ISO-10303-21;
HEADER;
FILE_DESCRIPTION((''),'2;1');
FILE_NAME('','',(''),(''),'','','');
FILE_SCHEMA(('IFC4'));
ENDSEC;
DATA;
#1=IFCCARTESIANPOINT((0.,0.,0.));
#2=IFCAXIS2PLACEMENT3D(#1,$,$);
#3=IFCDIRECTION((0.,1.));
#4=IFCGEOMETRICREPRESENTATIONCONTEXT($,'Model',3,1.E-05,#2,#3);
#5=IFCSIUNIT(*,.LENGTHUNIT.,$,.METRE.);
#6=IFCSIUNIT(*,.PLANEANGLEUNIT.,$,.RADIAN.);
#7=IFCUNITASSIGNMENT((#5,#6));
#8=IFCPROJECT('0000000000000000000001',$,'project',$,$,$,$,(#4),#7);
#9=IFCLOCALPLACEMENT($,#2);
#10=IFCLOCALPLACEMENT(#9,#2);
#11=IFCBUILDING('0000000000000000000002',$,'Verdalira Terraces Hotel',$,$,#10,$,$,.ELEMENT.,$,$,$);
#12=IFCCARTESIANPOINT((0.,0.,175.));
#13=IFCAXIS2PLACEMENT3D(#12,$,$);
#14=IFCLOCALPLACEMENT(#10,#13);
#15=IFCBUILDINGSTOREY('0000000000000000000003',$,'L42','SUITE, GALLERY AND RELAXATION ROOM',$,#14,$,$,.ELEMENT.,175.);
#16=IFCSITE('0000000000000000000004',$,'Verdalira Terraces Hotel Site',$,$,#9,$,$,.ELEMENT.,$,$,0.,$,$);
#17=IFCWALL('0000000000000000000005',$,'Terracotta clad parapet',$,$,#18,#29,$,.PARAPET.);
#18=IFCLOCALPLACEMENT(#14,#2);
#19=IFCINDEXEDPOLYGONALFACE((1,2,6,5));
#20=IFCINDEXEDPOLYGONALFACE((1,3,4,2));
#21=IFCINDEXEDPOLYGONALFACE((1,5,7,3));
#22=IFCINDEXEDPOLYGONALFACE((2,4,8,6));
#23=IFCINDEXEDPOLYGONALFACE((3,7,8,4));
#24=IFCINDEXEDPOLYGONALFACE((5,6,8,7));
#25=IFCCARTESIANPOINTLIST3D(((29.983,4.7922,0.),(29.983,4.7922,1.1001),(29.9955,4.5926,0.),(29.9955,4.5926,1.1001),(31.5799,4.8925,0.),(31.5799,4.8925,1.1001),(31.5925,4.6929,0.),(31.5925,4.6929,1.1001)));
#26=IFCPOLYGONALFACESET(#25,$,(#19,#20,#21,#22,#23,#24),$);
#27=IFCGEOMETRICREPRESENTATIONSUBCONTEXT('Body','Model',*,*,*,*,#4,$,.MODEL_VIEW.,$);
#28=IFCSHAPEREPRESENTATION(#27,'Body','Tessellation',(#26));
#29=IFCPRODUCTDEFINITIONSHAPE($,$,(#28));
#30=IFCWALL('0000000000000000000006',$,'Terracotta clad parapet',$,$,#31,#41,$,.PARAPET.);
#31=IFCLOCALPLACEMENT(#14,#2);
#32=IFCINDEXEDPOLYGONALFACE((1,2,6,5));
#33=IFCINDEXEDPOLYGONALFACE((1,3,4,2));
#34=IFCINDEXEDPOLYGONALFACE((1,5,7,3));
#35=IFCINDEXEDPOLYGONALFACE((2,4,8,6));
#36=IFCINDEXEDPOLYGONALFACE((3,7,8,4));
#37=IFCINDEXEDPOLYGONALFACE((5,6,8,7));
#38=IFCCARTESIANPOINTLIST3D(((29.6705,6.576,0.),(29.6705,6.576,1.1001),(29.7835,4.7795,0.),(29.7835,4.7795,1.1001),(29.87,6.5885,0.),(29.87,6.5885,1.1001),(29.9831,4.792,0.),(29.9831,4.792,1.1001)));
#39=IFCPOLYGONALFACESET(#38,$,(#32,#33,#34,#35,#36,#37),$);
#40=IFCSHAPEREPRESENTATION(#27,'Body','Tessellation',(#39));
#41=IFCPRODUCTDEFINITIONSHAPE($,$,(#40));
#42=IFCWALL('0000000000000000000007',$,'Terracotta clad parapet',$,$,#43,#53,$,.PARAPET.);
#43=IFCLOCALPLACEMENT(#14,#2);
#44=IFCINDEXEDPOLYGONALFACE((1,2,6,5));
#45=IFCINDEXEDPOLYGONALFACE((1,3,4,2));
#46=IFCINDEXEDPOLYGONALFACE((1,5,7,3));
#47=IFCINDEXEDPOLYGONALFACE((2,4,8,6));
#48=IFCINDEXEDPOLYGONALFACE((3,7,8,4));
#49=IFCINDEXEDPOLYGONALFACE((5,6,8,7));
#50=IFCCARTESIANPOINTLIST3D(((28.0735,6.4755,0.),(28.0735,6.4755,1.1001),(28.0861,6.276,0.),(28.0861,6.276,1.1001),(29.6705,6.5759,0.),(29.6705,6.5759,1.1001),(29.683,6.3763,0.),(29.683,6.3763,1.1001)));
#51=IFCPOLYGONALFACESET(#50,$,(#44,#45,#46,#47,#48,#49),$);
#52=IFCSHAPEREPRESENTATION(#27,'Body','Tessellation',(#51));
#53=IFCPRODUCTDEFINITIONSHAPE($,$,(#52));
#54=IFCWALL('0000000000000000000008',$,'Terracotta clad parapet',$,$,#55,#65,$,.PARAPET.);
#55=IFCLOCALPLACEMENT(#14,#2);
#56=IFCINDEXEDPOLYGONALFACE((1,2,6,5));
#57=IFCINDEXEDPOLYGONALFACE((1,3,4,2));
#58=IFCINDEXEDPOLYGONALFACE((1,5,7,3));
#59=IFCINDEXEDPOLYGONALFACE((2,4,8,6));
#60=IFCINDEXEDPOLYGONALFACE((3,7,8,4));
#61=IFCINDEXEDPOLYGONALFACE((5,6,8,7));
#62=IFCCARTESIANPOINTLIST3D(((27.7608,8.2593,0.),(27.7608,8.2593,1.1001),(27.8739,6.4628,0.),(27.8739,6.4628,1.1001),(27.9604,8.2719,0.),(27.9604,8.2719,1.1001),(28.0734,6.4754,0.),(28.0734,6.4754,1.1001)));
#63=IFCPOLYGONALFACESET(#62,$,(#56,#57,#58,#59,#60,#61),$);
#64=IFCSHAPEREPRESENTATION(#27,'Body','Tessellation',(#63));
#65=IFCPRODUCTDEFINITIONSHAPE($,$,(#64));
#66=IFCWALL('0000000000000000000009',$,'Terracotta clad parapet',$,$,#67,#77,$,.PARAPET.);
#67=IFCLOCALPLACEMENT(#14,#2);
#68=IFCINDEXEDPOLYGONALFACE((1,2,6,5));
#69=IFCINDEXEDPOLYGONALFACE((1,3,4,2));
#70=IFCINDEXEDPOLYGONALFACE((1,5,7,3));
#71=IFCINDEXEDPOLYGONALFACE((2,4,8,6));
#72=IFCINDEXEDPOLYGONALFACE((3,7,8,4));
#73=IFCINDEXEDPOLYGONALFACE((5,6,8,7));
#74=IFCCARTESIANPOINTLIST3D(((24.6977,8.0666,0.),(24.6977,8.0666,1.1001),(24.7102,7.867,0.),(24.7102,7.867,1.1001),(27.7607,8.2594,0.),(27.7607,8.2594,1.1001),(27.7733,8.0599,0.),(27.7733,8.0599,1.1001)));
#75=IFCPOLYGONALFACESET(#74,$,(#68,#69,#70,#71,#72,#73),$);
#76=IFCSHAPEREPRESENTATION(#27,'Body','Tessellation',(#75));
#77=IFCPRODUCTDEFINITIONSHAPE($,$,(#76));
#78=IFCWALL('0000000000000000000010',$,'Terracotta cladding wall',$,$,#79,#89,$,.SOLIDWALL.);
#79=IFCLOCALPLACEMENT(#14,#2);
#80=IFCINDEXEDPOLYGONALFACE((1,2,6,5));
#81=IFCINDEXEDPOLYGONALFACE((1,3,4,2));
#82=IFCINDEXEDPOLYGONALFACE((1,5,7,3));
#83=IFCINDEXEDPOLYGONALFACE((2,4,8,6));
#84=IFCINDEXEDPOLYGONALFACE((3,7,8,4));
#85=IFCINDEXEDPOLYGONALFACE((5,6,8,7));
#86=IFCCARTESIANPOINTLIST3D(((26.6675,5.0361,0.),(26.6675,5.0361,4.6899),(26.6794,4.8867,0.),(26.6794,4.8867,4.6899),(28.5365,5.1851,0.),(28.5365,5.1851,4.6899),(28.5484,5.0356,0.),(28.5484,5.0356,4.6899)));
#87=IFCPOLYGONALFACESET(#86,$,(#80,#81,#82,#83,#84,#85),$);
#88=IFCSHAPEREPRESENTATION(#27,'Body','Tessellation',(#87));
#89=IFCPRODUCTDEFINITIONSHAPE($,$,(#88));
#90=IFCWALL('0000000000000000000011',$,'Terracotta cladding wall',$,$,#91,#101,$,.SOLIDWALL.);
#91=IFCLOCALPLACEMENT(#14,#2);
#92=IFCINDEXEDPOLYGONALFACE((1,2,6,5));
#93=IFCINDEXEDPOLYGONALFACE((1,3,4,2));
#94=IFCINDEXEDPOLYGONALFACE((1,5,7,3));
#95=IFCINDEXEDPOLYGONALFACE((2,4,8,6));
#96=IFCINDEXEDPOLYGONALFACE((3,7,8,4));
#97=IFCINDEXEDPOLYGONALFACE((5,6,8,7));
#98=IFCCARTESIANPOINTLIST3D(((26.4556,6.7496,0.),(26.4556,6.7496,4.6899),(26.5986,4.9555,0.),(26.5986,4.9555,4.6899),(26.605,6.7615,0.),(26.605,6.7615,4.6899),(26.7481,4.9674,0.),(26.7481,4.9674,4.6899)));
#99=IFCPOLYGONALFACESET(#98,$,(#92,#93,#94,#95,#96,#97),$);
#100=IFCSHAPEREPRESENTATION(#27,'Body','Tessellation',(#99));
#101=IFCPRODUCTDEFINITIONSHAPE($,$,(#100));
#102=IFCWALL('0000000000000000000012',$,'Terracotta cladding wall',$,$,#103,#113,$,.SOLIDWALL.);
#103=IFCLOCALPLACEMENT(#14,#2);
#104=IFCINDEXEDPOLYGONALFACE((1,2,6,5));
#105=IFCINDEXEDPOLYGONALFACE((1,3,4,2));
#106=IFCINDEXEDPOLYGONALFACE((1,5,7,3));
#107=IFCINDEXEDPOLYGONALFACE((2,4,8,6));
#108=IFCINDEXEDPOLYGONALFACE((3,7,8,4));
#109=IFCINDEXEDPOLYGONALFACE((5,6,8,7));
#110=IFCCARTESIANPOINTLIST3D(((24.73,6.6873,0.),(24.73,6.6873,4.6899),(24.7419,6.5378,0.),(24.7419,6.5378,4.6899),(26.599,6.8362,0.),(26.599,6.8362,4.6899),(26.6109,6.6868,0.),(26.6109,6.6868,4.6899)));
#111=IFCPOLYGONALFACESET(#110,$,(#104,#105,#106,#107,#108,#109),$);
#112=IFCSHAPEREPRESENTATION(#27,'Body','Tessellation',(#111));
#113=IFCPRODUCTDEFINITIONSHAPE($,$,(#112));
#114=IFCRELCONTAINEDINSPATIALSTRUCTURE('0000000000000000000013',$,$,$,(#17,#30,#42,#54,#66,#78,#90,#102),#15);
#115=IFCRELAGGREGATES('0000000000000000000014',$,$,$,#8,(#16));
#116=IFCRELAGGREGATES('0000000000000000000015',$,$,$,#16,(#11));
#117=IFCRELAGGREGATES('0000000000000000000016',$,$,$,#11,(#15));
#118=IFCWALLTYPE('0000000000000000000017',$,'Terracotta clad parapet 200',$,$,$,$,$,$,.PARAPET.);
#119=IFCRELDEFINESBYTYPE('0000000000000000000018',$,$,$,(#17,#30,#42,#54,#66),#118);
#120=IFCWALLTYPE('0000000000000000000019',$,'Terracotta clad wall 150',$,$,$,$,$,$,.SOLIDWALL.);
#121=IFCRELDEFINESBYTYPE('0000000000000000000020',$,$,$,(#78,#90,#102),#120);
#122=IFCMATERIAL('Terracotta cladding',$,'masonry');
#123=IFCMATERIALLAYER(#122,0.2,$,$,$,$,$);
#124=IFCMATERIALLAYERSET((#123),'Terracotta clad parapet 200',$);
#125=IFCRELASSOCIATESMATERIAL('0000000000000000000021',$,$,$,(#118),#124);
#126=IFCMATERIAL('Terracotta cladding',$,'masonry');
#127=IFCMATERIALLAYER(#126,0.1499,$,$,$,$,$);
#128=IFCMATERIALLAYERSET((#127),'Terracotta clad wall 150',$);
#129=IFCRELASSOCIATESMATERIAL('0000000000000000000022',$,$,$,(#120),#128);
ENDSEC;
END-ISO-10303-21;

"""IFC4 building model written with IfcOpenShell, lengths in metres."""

from ifc_helpers import new_model, si_unit, direction, frame, frame_2d, origin, place, context, subcontext, project, spatial, rectangle, extrude, material, layer, layer_set, type_object, element, save


model = new_model("IFC4")

# Units and contexts
model_context = context("Model", 3, precision=1e-05, world=origin(), true_north=direction((0.0, 1.0)))
body_context = subcontext(model_context, "Body", "Model", "MODEL_VIEW")
ifc_project = project(units=[si_unit("LENGTHUNIT", "METRE"), si_unit("PLANEANGLEUNIT", "RADIAN")], contexts=[model_context])

# Site, building, storey
site_placement = place(None, origin())
site = spatial("IfcSite", under=ifc_project, at=site_placement, Name="Verdalira Terraces Hotel Site", CompositionType="ELEMENT", RefElevation=0.0)
building_placement = place(site_placement, origin())
building = spatial("IfcBuilding", under=site, at=building_placement, Name="Verdalira Terraces Hotel", CompositionType="ELEMENT")
storey_placement = place(building_placement, frame((0.0, 0.0, 175.0)))
storey = spatial("IfcBuildingStorey", under=building, at=storey_placement, Name="L42", Description="SUITE, GALLERY AND RELAXATION ROOM", CompositionType="ELEMENT", Elevation=175.0)

# Walls
ifc_material_1 = material(Name="Terracotta cladding", Category="masonry")
ifc_layer_1 = layer(ifc_material_1, 0.2)
ifc_layer_set_1 = layer_set([ifc_layer_1], Name="Terracotta clad parapet 200")
wall_type_1 = type_object("IfcWallType", Name="Terracotta clad parapet 200", PredefinedType="PARAPET", material=ifc_layer_set_1)
wall_1_placement = place(storey_placement, frame((31.5862, 4.7927, 0.0), z_axis=(0.0, 0.0, 1.0), x_axis=(-0.998032, -0.062711, 0.0)))
element("IfcWall", 1, at=wall_1_placement, inside=storey, type_object=wall_type_1, Name="Terracotta clad parapet", PredefinedType="PARAPET", context=body_context, shape_type="SweptSolid", body=[
    extrude(rectangle(XDim=1.6001, YDim=0.2, at=frame_2d((0.8, 0.0))), origin(), (0.0, 0.0, 1.0), 1.1001),
])
wall_2_placement = place(storey_placement, frame((29.8833, 4.7859, 0.0), z_axis=(0.0, 0.0, 1.0), x_axis=(-0.062801, 0.998026, 0.0)))
element("IfcWall", 2, at=wall_2_placement, inside=storey, type_object=wall_type_1, Name="Terracotta clad parapet", PredefinedType="PARAPET", context=body_context, shape_type="SweptSolid", body=[
    extrude(rectangle(XDim=1.8, YDim=0.2, at=frame_2d((0.8999, 0.0))), origin(), (0.0, 0.0, 1.0), 1.1001),
])
wall_3_placement = place(storey_placement, frame((29.6768, 6.4761, 0.0), z_axis=(0.0, 0.0, 1.0), x_axis=(-0.998032, -0.062711, 0.0)))
element("IfcWall", 3, at=wall_3_placement, inside=storey, type_object=wall_type_1, Name="Terracotta clad parapet", PredefinedType="PARAPET", context=body_context, shape_type="SweptSolid", body=[
    extrude(rectangle(XDim=1.6001, YDim=0.2, at=frame_2d((0.8, 0.0))), origin(), (0.0, 0.0, 1.0), 1.1001),
])
wall_4_placement = place(storey_placement, frame((27.9736, 6.4692, 0.0), z_axis=(0.0, 0.0, 1.0), x_axis=(-0.062801, 0.998026, 0.0)))
element("IfcWall", 4, at=wall_4_placement, inside=storey, type_object=wall_type_1, Name="Terracotta clad parapet", PredefinedType="PARAPET", context=body_context, shape_type="SweptSolid", body=[
    extrude(rectangle(XDim=1.8, YDim=0.2, at=frame_2d((0.8999, 0.0))), origin(), (0.0, 0.0, 1.0), 1.1001),
])
wall_5_placement = place(storey_placement, frame((27.7671, 8.1597, 0.0), z_axis=(0.0, 0.0, 1.0), x_axis=(-0.998023, -0.062844, 0.0)))
element("IfcWall", 5, at=wall_5_placement, inside=storey, type_object=wall_type_1, Name="Terracotta clad parapet", PredefinedType="PARAPET", context=body_context, shape_type="SweptSolid", body=[
    extrude(rectangle(XDim=3.0691, YDim=0.2, at=frame_2d((1.5347, 0.0))), origin(), (0.0, 0.0, 1.0), 1.1001),
])
ifc_material_2 = material(Name="Terracotta cladding", Category="masonry")
ifc_layer_2 = layer(ifc_material_2, 0.1499)
ifc_layer_set_2 = layer_set([ifc_layer_2], Name="Terracotta clad wall 150")
wall_type_2 = type_object("IfcWallType", Name="Terracotta clad wall 150", PredefinedType="SOLIDWALL", material=ifc_layer_set_2)
wall_6_placement = place(storey_placement, frame((28.5425, 5.1104, 0.0), z_axis=(0.0, 0.0, 1.0), x_axis=(-0.996841, -0.079424, 0.0)))
element("IfcWall", 6, at=wall_6_placement, inside=storey, type_object=wall_type_2, Name="Terracotta cladding wall", PredefinedType="SOLIDWALL", context=body_context, shape_type="SweptSolid", body=[
    extrude(rectangle(XDim=1.875, YDim=0.1499, at=frame_2d((0.9375, 0.0))), origin(), (0.0, 0.0, 1.0), 4.6899),
])
wall_7_placement = place(storey_placement, frame((26.6733, 4.9614, 0.0), z_axis=(0.0, 0.0, 1.0), x_axis=(-0.079486, 0.996836, 0.0)))
element("IfcWall", 7, at=wall_7_placement, inside=storey, type_object=wall_type_2, Name="Terracotta cladding wall", PredefinedType="SOLIDWALL", context=body_context, shape_type="SweptSolid", body=[
    extrude(rectangle(XDim=1.7998, YDim=0.1499, at=frame_2d((0.8999, 0.0))), origin(), (0.0, 0.0, 1.0), 4.6899),
])
wall_8_placement = place(storey_placement, frame((26.605, 6.7615, 0.0), z_axis=(0.0, 0.0, 1.0), x_axis=(-0.996841, -0.079424, 0.0)))
element("IfcWall", 8, at=wall_8_placement, inside=storey, type_object=wall_type_2, Name="Terracotta cladding wall", PredefinedType="SOLIDWALL", context=body_context, shape_type="SweptSolid", body=[
    extrude(rectangle(XDim=1.875, YDim=0.1499, at=frame_2d((0.9375, 0.0))), origin(), (0.0, 0.0, 1.0), 4.6899),
])

save(model, "model.ifc")
